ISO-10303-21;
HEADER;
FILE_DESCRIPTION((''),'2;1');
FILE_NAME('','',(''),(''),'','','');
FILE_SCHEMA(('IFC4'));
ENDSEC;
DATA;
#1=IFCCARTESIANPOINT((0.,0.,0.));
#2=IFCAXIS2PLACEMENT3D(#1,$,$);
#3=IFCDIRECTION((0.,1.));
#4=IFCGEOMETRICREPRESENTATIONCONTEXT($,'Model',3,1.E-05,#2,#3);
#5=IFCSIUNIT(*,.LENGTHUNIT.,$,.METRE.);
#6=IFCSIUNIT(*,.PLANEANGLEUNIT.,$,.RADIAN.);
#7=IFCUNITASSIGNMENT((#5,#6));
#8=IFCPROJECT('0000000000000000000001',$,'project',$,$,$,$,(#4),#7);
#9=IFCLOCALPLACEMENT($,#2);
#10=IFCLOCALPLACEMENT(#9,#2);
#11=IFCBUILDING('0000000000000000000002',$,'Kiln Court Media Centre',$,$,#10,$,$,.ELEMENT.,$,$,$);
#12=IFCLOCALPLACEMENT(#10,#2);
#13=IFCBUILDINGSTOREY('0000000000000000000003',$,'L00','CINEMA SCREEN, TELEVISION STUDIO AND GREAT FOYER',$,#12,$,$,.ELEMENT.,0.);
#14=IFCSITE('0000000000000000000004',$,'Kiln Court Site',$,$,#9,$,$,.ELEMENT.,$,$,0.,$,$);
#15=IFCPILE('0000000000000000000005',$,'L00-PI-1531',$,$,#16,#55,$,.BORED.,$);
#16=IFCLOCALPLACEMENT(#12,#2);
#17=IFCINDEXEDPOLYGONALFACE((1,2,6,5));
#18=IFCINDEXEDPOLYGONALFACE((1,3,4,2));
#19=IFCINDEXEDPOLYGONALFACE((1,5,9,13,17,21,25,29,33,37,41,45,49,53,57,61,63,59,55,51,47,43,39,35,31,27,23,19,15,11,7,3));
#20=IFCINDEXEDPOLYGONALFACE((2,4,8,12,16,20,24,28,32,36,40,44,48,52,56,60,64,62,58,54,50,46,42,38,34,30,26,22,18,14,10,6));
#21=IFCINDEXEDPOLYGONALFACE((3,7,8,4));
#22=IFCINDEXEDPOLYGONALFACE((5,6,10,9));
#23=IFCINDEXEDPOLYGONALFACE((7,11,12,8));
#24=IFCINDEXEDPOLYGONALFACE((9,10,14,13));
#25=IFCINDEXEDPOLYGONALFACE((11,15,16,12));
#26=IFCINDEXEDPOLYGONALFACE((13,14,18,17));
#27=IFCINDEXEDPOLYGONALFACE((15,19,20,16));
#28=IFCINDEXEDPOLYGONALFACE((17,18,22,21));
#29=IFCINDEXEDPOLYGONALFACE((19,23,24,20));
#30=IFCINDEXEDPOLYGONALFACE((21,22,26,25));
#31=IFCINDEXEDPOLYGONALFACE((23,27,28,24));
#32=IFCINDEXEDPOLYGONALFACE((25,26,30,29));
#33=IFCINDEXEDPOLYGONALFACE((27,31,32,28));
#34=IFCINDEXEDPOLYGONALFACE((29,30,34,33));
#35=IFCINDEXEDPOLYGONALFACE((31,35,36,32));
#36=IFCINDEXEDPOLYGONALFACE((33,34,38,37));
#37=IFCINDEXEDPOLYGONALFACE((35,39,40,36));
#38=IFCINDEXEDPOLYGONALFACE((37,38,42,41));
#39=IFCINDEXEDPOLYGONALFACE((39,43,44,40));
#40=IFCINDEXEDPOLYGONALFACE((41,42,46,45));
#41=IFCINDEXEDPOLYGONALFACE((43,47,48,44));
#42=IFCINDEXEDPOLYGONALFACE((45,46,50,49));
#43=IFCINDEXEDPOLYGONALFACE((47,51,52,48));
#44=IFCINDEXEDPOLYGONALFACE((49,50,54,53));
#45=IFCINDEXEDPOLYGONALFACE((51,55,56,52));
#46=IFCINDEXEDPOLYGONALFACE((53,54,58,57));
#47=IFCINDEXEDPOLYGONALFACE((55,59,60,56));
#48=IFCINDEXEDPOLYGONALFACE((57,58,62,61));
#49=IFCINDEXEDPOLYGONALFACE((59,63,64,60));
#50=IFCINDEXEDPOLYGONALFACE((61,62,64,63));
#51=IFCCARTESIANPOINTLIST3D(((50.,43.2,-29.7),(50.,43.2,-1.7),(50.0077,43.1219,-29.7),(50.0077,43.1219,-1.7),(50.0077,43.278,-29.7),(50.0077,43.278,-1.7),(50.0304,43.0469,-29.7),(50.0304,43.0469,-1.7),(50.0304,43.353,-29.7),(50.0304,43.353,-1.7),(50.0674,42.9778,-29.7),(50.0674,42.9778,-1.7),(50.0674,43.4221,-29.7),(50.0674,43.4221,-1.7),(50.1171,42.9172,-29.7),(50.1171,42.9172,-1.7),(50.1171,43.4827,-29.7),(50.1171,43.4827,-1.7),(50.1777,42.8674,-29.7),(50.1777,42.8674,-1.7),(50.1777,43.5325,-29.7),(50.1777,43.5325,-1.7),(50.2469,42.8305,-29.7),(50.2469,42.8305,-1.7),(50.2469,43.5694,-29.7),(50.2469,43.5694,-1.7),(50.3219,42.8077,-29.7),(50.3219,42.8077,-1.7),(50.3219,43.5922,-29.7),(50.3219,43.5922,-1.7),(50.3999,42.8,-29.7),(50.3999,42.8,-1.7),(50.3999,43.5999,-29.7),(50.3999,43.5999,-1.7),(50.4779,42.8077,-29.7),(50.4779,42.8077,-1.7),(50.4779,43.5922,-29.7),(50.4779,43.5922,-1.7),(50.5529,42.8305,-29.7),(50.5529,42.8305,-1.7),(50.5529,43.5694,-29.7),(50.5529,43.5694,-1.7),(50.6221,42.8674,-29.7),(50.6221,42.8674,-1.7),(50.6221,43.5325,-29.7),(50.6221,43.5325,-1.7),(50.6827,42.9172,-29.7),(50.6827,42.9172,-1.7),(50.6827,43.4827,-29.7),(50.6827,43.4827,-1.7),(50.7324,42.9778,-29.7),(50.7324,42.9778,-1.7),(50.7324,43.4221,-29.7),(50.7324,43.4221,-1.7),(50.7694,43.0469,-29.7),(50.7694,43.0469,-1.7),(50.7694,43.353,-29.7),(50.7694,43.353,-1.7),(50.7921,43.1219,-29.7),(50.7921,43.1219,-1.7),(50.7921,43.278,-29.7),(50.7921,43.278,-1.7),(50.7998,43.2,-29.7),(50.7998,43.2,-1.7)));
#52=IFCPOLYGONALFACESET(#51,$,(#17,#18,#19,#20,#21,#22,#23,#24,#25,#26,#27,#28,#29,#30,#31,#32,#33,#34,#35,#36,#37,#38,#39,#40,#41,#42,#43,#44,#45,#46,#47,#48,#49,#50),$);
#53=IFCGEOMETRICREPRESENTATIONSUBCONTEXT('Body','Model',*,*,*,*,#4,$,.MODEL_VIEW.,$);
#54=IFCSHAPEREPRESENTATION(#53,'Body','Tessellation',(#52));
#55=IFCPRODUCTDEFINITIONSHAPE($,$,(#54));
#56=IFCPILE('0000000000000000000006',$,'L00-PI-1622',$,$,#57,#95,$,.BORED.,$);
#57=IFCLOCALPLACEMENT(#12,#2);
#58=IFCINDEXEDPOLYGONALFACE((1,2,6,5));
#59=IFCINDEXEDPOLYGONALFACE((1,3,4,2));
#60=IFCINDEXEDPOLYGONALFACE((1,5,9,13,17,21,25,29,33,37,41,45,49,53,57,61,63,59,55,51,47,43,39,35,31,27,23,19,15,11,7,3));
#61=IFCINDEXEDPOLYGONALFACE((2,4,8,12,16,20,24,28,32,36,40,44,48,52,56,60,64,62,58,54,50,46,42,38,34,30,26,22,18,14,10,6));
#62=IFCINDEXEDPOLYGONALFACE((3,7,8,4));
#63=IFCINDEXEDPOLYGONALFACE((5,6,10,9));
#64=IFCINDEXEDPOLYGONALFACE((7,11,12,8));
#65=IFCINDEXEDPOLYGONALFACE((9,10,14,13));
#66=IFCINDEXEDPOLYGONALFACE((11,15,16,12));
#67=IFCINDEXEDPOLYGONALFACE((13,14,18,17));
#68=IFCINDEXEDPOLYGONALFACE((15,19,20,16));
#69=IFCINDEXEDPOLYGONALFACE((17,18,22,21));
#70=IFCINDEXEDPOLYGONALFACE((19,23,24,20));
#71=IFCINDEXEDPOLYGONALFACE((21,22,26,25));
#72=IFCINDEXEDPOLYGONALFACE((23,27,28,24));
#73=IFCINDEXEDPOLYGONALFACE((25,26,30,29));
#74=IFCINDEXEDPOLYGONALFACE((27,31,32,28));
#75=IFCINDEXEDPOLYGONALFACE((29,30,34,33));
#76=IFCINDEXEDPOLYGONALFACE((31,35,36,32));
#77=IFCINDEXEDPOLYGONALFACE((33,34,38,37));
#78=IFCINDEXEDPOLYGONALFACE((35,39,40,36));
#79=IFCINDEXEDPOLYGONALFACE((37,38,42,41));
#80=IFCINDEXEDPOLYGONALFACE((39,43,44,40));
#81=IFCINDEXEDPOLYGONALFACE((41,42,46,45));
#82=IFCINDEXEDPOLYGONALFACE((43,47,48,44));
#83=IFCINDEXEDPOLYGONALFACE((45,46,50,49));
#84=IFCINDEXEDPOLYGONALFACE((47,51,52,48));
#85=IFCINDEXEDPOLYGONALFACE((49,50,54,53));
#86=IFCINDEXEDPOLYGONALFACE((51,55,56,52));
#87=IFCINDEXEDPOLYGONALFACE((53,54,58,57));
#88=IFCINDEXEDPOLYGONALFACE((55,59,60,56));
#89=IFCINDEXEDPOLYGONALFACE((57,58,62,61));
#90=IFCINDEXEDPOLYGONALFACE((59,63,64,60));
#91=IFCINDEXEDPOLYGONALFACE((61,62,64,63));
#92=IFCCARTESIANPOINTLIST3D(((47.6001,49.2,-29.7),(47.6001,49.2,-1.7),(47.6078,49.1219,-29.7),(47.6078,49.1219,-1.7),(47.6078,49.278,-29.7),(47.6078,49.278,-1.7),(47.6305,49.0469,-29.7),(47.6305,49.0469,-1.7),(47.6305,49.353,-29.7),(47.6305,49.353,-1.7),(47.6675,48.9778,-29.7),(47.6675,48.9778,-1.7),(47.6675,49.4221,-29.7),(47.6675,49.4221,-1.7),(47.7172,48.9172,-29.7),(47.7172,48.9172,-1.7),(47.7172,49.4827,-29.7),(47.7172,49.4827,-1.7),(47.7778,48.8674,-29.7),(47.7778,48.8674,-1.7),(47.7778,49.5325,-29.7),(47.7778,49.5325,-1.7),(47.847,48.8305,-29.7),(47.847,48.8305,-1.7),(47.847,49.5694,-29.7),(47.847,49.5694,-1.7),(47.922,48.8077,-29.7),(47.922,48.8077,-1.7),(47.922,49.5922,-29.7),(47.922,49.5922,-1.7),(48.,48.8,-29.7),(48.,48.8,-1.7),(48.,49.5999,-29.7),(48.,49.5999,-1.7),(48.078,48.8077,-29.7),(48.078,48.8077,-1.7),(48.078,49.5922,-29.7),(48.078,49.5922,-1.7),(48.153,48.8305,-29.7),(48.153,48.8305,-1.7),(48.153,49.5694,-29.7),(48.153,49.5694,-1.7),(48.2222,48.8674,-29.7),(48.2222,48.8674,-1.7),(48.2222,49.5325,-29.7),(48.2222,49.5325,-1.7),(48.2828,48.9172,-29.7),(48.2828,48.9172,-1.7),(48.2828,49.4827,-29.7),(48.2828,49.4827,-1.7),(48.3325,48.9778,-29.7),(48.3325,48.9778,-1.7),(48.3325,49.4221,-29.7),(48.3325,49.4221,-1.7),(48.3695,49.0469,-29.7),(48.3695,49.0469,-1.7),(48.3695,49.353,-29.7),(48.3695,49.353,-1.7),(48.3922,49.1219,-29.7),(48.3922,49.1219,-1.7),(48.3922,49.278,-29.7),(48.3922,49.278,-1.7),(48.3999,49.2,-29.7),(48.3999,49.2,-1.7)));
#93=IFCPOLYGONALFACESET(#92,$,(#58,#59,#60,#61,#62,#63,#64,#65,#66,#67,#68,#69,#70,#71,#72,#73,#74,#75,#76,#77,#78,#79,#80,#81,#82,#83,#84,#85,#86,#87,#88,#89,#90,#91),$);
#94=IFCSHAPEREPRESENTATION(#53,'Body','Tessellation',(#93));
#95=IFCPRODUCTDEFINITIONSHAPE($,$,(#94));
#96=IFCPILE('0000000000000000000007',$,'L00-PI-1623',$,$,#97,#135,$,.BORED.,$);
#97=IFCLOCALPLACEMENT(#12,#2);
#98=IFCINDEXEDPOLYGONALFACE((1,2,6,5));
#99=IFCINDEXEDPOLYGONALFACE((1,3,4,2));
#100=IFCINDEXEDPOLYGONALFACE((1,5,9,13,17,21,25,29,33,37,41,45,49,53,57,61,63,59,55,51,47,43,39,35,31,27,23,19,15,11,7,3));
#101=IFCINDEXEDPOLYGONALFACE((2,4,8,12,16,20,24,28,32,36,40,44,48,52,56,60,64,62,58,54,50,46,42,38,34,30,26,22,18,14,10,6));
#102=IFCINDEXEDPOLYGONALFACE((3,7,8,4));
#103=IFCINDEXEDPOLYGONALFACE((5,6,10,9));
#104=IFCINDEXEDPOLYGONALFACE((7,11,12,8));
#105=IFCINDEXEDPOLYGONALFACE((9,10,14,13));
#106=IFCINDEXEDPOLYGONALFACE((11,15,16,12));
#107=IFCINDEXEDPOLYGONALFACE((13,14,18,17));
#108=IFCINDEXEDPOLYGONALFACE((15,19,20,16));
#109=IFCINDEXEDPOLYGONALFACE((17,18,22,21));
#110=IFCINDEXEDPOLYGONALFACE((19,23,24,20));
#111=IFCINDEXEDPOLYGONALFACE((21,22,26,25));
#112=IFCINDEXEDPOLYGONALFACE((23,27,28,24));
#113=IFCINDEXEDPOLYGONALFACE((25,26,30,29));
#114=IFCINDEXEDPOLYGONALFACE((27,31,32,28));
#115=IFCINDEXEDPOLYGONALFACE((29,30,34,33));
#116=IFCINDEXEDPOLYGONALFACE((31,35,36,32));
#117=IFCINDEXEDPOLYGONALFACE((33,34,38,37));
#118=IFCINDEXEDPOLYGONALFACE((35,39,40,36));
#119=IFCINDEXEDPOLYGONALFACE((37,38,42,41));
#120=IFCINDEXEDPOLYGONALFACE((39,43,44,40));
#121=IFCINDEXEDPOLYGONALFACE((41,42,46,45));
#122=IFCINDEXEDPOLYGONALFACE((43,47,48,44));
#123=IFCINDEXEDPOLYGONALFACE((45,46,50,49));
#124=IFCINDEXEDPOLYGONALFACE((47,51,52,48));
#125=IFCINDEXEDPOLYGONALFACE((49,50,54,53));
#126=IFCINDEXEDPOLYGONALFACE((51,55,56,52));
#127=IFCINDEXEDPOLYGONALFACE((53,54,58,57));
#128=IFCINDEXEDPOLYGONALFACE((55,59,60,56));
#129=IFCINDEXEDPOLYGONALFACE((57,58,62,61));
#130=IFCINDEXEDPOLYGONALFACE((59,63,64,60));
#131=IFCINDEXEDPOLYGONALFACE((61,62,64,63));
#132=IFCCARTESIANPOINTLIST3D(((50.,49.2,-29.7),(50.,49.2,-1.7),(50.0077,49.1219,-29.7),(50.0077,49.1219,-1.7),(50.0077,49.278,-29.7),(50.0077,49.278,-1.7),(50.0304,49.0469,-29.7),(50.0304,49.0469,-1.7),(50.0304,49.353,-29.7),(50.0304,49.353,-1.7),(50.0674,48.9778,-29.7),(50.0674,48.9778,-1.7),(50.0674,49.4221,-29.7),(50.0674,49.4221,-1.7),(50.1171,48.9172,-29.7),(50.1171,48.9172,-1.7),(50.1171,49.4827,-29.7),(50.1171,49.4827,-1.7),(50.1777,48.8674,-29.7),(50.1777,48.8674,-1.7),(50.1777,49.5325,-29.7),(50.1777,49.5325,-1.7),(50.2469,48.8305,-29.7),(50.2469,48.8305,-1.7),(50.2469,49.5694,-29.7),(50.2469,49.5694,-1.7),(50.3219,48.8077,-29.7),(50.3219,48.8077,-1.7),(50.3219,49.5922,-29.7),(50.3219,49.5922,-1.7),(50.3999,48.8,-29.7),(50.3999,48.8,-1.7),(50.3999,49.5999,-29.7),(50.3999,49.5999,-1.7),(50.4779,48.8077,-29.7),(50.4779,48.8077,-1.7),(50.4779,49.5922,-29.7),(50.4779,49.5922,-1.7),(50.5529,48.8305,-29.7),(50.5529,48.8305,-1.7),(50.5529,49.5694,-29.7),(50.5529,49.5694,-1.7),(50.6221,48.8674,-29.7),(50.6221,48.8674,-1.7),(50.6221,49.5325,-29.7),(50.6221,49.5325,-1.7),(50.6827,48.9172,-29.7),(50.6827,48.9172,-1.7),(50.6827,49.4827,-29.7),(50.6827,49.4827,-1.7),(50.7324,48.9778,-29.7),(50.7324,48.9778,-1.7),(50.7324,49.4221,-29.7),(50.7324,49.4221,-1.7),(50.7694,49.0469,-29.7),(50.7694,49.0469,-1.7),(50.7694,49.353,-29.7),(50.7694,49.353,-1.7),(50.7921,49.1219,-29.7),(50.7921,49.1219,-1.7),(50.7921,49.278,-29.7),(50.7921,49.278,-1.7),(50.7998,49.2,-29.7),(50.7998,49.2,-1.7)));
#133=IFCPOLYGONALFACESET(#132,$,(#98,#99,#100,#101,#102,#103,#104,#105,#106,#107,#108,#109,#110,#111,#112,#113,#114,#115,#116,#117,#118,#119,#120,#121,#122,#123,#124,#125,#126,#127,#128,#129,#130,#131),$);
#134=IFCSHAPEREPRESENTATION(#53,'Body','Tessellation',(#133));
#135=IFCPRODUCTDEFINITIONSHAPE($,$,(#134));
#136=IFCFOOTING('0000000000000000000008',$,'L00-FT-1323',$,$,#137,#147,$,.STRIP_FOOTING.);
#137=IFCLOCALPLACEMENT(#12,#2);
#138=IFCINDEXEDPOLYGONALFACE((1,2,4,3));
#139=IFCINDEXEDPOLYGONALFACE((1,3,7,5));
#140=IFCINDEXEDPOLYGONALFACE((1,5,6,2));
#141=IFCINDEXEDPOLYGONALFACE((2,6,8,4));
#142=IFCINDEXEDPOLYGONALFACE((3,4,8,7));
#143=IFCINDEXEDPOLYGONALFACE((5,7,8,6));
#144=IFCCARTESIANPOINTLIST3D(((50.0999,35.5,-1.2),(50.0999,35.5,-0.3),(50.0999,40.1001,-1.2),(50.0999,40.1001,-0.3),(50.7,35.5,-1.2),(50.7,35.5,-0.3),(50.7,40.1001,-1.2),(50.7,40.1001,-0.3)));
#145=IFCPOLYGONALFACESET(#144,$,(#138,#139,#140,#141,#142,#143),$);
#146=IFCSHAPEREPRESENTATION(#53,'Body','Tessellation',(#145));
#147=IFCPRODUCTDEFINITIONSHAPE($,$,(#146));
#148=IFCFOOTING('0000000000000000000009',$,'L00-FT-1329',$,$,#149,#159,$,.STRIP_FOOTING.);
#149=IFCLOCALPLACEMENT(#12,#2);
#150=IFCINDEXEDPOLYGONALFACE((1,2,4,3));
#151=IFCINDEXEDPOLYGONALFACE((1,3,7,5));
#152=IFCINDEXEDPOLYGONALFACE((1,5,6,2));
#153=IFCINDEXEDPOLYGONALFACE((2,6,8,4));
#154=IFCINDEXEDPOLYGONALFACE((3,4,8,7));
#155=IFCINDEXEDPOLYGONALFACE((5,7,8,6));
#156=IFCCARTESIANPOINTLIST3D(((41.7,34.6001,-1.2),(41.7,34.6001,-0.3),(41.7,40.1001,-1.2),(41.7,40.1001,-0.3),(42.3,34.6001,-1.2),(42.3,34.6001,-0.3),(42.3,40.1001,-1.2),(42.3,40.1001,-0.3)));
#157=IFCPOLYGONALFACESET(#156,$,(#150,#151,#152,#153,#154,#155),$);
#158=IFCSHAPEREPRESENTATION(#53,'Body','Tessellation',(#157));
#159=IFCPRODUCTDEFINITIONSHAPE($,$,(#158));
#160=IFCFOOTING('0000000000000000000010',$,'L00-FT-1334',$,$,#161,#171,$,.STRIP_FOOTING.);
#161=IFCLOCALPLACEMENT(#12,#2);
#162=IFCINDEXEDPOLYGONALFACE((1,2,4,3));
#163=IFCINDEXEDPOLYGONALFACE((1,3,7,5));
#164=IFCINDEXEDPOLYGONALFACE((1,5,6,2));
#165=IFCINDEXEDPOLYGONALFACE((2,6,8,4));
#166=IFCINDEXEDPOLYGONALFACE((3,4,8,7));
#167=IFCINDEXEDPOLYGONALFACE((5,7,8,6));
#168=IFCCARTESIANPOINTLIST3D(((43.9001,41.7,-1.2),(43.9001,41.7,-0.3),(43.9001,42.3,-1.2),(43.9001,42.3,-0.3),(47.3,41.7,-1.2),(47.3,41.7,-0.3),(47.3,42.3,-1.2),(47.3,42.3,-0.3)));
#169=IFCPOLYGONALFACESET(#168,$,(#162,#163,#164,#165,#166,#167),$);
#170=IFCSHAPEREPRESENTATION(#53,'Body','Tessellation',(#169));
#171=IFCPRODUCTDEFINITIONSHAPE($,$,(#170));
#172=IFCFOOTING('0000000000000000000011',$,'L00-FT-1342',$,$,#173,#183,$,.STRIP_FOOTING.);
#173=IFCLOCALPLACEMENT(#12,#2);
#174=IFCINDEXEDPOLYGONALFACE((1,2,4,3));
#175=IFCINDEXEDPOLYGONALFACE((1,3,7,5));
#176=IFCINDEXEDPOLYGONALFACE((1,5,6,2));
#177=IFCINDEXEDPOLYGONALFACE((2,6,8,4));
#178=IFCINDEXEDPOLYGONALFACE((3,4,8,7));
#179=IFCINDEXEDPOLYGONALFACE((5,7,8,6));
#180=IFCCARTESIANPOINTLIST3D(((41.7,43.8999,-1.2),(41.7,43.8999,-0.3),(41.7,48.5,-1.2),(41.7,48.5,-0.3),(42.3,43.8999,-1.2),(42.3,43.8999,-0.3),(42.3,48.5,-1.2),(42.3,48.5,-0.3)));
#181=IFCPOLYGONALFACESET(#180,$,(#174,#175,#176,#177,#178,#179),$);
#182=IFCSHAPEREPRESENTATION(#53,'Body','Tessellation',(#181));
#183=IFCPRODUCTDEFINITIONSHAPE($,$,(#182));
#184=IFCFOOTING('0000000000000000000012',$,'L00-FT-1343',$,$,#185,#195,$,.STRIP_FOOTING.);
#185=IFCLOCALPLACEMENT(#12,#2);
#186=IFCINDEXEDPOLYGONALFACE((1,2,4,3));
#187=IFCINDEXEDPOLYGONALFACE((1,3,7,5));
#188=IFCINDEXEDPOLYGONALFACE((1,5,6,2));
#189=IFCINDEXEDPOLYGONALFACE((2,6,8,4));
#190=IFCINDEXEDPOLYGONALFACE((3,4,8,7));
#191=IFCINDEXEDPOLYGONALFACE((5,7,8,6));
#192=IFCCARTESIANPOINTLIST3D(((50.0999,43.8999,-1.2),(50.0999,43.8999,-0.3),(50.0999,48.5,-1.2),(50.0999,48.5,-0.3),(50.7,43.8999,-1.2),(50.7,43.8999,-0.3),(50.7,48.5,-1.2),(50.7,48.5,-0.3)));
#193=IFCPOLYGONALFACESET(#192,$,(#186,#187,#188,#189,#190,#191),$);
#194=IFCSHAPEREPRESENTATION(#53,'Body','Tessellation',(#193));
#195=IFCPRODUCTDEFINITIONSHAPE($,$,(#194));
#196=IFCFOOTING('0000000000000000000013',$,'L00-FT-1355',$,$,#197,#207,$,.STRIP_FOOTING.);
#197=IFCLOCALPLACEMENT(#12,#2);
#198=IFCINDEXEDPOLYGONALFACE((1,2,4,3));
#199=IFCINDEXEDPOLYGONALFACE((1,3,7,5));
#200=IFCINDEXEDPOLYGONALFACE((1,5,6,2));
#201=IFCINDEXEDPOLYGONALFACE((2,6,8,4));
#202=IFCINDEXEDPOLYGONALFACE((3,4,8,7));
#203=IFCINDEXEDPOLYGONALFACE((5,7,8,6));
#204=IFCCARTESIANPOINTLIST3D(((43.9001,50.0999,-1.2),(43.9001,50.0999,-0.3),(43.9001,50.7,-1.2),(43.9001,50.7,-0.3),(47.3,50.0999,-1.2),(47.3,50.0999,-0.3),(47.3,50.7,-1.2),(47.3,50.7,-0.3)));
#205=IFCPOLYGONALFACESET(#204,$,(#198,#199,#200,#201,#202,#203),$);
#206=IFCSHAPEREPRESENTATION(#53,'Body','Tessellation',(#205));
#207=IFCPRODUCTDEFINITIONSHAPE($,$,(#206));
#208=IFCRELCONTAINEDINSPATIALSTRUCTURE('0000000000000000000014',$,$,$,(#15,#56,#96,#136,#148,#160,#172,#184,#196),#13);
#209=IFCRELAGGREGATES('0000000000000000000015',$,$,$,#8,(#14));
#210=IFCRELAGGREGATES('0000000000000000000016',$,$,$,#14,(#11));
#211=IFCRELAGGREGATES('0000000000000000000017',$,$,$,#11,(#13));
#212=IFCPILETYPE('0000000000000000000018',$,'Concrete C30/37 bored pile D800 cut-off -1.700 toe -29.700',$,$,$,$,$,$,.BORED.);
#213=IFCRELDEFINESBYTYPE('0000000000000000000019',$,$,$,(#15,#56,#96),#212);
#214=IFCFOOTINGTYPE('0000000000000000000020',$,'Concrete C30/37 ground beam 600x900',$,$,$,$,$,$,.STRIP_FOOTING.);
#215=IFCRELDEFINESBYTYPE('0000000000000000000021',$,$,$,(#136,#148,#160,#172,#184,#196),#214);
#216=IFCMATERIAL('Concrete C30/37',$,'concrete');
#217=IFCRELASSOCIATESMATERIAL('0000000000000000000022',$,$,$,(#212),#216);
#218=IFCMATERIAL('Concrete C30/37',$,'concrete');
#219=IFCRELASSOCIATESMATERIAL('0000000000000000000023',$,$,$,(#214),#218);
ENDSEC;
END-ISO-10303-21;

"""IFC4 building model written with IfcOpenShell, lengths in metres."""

from ifc_helpers import new_model, si_unit, direction, frame, origin, origin_2d, place, context, subcontext, project, spatial, rectangle, circle, extrude, material, material_profile, profile_set, type_object, element, save


model = new_model("IFC4")

# Units and contexts
model_context = context("Model", 3, precision=1e-05, world=origin(), true_north=direction((0.0, 1.0)))
body_context = subcontext(model_context, "Body", "Model", "MODEL_VIEW")
ifc_project = project(units=[si_unit("LENGTHUNIT", "METRE"), si_unit("PLANEANGLEUNIT", "RADIAN")], contexts=[model_context])

# Site, building, storey
site_placement = place(None, origin())
site = spatial("IfcSite", under=ifc_project, at=site_placement, Name="Kiln Court Site", CompositionType="ELEMENT", RefElevation=0.0)
building_placement = place(site_placement, origin())
building = spatial("IfcBuilding", under=site, at=building_placement, Name="Kiln Court Media Centre", CompositionType="ELEMENT")
storey_placement = place(building_placement, origin())
storey = spatial("IfcBuildingStorey", under=building, at=storey_placement, Name="L00", Description="CINEMA SCREEN, TELEVISION STUDIO AND GREAT FOYER", CompositionType="ELEMENT", Elevation=0.0)

# Piles
ifc_material_1 = material(Name="Concrete C30/37", Category="concrete")
ifc_material_profile_1 = material_profile(ifc_material_1, circle(Radius=0.3999, at=origin_2d()), Name="PILE D800")
ifc_profile_set_1 = profile_set([ifc_material_profile_1], Name="Concrete C30/37")
pile_type_1 = type_object("IfcPileType", Name="Concrete C30/37 bored pile D800 cut-off -1.700 toe -29.700", PredefinedType="BORED", material=ifc_profile_set_1)
for number, where, z_axis, x_axis, name in (
    (1, (50.3999, 43.2, -1.7), (0.0, 0.0, -1.0), (1.0, 0.0, 0.0), "L00-PI-1531"),
    (2, (48.0, 49.2, -1.7), (0.0, 0.0, -1.0), (1.0, 0.0, 0.0), "L00-PI-1622"),
    (3, (50.3999, 49.2, -1.7), (0.0, 0.0, -1.0), (1.0, 0.0, 0.0), "L00-PI-1623"),
):
    element("IfcPile", number, at=place(storey_placement, frame(where, z_axis=z_axis, x_axis=x_axis)), inside=storey, type_object=pile_type_1, Name=name, PredefinedType="BORED", context=body_context, shape_type="SweptSolid", body=[
        extrude(circle(Radius=0.3999, at=origin_2d()), origin(), (0.0, 0.0, 1.0), 28.0),
    ])

# Footings
ifc_material_2 = material(Name="Concrete C30/37", Category="concrete")
footing_type_1 = type_object("IfcFootingType", Name="Concrete C30/37 ground beam 600x900", PredefinedType="STRIP_FOOTING", material=ifc_material_2)
footing_1_placement = place(storey_placement, frame((50.3999, 37.8, -1.2), z_axis=(0.0, 0.0, 1.0), x_axis=(1.0, 0.0, 0.0)))
element("IfcFooting", 4, at=footing_1_placement, inside=storey, type_object=footing_type_1, Name="L00-FT-1323", PredefinedType="STRIP_FOOTING", context=body_context, shape_type="SweptSolid", body=[
    extrude(rectangle(XDim=0.6001, YDim=4.6001, at=origin_2d()), origin(), (0.0, 0.0, 1.0), 0.8999),
])
footing_2_placement = place(storey_placement, frame((42.0, 37.3501, -1.2), z_axis=(0.0, 0.0, 1.0), x_axis=(1.0, 0.0, 0.0)))
element("IfcFooting", 5, at=footing_2_placement, inside=storey, type_object=footing_type_1, Name="L00-FT-1329", PredefinedType="STRIP_FOOTING", context=body_context, shape_type="SweptSolid", body=[
    extrude(rectangle(XDim=0.6001, YDim=5.5, at=origin_2d()), origin(), (0.0, 0.0, 1.0), 0.8999),
])
footing_3_placement = place(storey_placement, frame((45.6001, 42.0, -1.2), z_axis=(0.0, 0.0, 1.0), x_axis=(1.0, 0.0, 0.0)))
element("IfcFooting", 6, at=footing_3_placement, inside=storey, type_object=footing_type_1, Name="L00-FT-1334", PredefinedType="STRIP_FOOTING", context=body_context, shape_type="SweptSolid", body=[
    extrude(rectangle(XDim=3.3999, YDim=0.6001, at=origin_2d()), origin(), (0.0, 0.0, 1.0), 0.8999),
])
for number, where, z_axis, x_axis, name in (
    (7, (42.0, 46.2, -1.2), (0.0, 0.0, 1.0), (1.0, 0.0, 0.0), "L00-FT-1342"),
    (8, (50.3999, 46.2, -1.2), (0.0, 0.0, 1.0), (1.0, 0.0, 0.0), "L00-FT-1343"),
):
    element("IfcFooting", number, at=place(storey_placement, frame(where, z_axis=z_axis, x_axis=x_axis)), inside=storey, type_object=footing_type_1, Name=name, PredefinedType="STRIP_FOOTING", context=body_context, shape_type="SweptSolid", body=[
        extrude(rectangle(XDim=0.6001, YDim=4.6001, at=origin_2d()), origin(), (0.0, 0.0, 1.0), 0.8999),
    ])
footing_4_placement = place(storey_placement, frame((45.6001, 50.3999, -1.2), z_axis=(0.0, 0.0, 1.0), x_axis=(1.0, 0.0, 0.0)))
element("IfcFooting", 9, at=footing_4_placement, inside=storey, type_object=footing_type_1, Name="L00-FT-1355", PredefinedType="STRIP_FOOTING", context=body_context, shape_type="SweptSolid", body=[
    extrude(rectangle(XDim=3.3999, YDim=0.6001, at=origin_2d()), origin(), (0.0, 0.0, 1.0), 0.8999),
])

save(model, "model.ifc")
